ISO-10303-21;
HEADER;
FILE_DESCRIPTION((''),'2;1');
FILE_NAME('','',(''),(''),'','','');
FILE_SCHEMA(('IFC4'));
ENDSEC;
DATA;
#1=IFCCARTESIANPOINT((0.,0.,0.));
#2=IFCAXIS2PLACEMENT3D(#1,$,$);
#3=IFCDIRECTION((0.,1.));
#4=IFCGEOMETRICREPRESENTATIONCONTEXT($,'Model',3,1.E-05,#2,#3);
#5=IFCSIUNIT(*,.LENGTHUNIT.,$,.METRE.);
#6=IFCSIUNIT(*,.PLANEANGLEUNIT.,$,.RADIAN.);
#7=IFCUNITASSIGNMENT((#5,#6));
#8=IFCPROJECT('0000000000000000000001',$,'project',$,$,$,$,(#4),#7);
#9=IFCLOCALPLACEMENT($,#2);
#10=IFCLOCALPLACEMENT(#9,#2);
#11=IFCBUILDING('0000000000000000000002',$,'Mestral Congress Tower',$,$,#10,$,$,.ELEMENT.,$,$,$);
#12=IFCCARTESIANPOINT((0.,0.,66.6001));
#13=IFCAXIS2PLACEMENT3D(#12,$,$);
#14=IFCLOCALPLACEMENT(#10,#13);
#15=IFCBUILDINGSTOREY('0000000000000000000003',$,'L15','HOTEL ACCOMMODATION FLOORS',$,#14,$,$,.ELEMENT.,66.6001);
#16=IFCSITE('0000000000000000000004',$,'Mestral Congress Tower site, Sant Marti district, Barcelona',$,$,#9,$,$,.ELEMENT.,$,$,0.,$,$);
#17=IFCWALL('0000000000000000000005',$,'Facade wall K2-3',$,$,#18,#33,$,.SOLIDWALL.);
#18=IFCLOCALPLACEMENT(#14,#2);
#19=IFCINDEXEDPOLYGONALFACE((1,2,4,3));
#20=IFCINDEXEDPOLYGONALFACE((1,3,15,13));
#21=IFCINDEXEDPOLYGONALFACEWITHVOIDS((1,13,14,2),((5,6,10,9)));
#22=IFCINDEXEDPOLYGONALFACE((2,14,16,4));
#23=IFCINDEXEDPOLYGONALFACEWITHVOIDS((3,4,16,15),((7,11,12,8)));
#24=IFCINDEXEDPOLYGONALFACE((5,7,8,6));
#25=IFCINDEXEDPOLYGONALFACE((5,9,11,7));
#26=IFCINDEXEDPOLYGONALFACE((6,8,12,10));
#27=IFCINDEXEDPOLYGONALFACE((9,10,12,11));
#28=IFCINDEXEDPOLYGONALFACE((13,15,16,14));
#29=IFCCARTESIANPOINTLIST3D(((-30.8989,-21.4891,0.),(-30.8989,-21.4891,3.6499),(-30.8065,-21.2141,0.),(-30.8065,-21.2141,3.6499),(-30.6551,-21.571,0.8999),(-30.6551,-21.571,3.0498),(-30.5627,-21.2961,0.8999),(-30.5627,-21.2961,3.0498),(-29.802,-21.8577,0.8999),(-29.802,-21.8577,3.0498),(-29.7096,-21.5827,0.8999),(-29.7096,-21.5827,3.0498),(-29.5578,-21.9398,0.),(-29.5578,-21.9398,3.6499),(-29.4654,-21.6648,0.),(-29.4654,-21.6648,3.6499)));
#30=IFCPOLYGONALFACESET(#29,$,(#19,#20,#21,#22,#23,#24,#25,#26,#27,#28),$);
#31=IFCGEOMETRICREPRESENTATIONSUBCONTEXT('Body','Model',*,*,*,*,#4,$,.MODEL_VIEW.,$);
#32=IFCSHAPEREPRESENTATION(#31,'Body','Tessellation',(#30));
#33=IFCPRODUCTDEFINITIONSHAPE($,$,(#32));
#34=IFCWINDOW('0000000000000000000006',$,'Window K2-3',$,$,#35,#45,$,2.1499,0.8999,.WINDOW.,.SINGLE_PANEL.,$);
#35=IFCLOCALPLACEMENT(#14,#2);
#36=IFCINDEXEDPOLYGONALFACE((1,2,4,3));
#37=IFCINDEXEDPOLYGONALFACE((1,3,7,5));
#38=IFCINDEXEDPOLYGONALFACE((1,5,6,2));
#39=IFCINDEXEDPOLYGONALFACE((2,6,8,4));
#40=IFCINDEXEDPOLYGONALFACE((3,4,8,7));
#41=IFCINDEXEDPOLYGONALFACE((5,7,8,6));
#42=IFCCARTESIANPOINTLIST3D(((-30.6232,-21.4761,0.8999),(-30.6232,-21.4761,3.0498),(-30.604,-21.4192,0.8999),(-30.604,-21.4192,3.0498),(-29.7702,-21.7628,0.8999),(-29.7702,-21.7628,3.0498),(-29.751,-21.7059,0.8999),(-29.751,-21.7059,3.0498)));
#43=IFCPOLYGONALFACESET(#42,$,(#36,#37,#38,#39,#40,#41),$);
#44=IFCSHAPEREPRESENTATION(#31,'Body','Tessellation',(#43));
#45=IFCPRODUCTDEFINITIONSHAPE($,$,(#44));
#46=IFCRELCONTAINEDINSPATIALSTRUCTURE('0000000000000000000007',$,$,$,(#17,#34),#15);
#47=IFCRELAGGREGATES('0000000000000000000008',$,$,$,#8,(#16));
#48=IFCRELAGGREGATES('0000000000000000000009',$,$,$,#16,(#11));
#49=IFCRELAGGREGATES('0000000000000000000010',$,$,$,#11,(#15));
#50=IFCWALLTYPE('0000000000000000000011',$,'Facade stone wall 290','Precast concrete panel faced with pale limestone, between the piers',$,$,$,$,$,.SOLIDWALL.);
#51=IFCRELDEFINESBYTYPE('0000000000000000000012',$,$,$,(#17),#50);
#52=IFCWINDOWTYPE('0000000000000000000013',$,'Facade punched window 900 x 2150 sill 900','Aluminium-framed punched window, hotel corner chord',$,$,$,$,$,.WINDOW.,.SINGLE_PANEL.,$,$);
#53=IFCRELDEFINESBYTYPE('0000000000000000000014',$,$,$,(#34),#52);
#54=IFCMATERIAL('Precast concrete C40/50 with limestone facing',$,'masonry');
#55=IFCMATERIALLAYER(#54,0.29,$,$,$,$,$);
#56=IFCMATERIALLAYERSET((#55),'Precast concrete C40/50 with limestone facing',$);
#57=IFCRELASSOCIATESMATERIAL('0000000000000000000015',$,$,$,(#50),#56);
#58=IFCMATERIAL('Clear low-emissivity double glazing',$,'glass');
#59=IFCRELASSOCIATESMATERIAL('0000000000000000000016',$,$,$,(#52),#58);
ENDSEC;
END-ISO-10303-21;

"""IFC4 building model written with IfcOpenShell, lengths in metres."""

from ifc_helpers import new_model, si_unit, direction, frame, frame_2d, origin, place, context, subcontext, project, spatial, rectangle, extrude, material, layer, layer_set, type_object, element, fill, save


model = new_model("IFC4")

# Units and contexts
model_context = context("Model", 3, precision=1e-05, world=origin(), true_north=direction((0.0, 1.0)))
body_context = subcontext(model_context, "Body", "Model", "MODEL_VIEW")
ifc_project = project(units=[si_unit("LENGTHUNIT", "METRE"), si_unit("PLANEANGLEUNIT", "RADIAN")], contexts=[model_context])

# Site, building, storey
site_placement = place(None, origin())
site = spatial("IfcSite", under=ifc_project, at=site_placement, Name="Mestral Congress Tower site, Sant Marti district, Barcelona", CompositionType="ELEMENT", RefElevation=0.0)
building_placement = place(site_placement, origin())
building = spatial("IfcBuilding", under=site, at=building_placement, Name="Mestral Congress Tower", CompositionType="ELEMENT")
storey_placement = place(building_placement, frame((0.0, 0.0, 66.6001)))
storey = spatial("IfcBuildingStorey", under=building, at=storey_placement, Name="L15", Description="HOTEL ACCOMMODATION FLOORS", CompositionType="ELEMENT", Elevation=66.6001)

# Shared definitions
ifc_material_1 = material(Name="Precast concrete C40/50 with limestone facing", Category="masonry")
ifc_layer = layer(ifc_material_1, 0.29)
ifc_layer_set = layer_set([ifc_layer], Name="Precast concrete C40/50 with limestone facing")
wall_type = type_object("IfcWallType", Name="Facade stone wall 290", Description="Precast concrete panel faced with pale limestone, between the piers", PredefinedType="SOLIDWALL", material=ifc_layer_set)
ifc_material_2 = material(Name="Clear low-emissivity double glazing", Category="glass")

# Wall, opening, window
wall_1_placement = place(storey_placement, frame((-30.8528, -21.3516, 0.0), z_axis=(0.0, 0.0, 1.0), x_axis=(0.947904, -0.318556, 0.0)))
wall_1 = element("IfcWall", 1, at=wall_1_placement, inside=storey, type_object=wall_type, Name="Facade wall K2-3", PredefinedType="SOLIDWALL", context=body_context, shape_type="SweptSolid", body=[
    extrude(rectangle(XDim=1.4148, YDim=0.29, at=frame_2d((0.7075, 0.0))), origin(), (0.0, 0.0, 1.0), 3.6499),
])
opening_1_placement = place(wall_1_placement, frame((0.2573, 0.0, 0.8999)))
opening_1 = element("IfcOpeningElement", 2, at=opening_1_placement, cuts=wall_1, PredefinedType="OPENING", context=body_context, shape_type="SweptSolid", body=[
    extrude(rectangle(XDim=0.8999, YDim=2.1499, at=frame_2d((0.45, 1.075))), frame((0.0, 0.155, 0.0), z_axis=(0.0, -1.0, 0.0), x_axis=(1.0, 0.0, 0.0)), (0.0, 0.0, 1.0), 0.3101),
])
window_type_1 = type_object("IfcWindowType", Name="Facade punched window 900 x 2150 sill 900", Description="Aluminium-framed punched window, hotel corner chord", PartitioningType="SINGLE_PANEL", PredefinedType="WINDOW", material=ifc_material_2)
window_1_placement = place(opening_1_placement, origin())
window_1 = element("IfcWindow", 3, at=window_1_placement, inside=storey, type_object=window_type_1, Name="Window K2-3", OverallHeight=2.1499, OverallWidth=0.8999, PartitioningType="SINGLE_PANEL", PredefinedType="WINDOW", context=body_context, shape_type="SweptSolid", body=[
    extrude(rectangle(XDim=0.8999, YDim=2.1499, at=frame_2d((0.45, 1.075))), frame((0.0, 0.0151, 0.0), z_axis=(0.0, -1.0, 0.0), x_axis=(1.0, 0.0, 0.0)), (0.0, 0.0, 1.0), 0.0601),
])
fill(opening_1, window_1)

save(model, "model.ifc")
